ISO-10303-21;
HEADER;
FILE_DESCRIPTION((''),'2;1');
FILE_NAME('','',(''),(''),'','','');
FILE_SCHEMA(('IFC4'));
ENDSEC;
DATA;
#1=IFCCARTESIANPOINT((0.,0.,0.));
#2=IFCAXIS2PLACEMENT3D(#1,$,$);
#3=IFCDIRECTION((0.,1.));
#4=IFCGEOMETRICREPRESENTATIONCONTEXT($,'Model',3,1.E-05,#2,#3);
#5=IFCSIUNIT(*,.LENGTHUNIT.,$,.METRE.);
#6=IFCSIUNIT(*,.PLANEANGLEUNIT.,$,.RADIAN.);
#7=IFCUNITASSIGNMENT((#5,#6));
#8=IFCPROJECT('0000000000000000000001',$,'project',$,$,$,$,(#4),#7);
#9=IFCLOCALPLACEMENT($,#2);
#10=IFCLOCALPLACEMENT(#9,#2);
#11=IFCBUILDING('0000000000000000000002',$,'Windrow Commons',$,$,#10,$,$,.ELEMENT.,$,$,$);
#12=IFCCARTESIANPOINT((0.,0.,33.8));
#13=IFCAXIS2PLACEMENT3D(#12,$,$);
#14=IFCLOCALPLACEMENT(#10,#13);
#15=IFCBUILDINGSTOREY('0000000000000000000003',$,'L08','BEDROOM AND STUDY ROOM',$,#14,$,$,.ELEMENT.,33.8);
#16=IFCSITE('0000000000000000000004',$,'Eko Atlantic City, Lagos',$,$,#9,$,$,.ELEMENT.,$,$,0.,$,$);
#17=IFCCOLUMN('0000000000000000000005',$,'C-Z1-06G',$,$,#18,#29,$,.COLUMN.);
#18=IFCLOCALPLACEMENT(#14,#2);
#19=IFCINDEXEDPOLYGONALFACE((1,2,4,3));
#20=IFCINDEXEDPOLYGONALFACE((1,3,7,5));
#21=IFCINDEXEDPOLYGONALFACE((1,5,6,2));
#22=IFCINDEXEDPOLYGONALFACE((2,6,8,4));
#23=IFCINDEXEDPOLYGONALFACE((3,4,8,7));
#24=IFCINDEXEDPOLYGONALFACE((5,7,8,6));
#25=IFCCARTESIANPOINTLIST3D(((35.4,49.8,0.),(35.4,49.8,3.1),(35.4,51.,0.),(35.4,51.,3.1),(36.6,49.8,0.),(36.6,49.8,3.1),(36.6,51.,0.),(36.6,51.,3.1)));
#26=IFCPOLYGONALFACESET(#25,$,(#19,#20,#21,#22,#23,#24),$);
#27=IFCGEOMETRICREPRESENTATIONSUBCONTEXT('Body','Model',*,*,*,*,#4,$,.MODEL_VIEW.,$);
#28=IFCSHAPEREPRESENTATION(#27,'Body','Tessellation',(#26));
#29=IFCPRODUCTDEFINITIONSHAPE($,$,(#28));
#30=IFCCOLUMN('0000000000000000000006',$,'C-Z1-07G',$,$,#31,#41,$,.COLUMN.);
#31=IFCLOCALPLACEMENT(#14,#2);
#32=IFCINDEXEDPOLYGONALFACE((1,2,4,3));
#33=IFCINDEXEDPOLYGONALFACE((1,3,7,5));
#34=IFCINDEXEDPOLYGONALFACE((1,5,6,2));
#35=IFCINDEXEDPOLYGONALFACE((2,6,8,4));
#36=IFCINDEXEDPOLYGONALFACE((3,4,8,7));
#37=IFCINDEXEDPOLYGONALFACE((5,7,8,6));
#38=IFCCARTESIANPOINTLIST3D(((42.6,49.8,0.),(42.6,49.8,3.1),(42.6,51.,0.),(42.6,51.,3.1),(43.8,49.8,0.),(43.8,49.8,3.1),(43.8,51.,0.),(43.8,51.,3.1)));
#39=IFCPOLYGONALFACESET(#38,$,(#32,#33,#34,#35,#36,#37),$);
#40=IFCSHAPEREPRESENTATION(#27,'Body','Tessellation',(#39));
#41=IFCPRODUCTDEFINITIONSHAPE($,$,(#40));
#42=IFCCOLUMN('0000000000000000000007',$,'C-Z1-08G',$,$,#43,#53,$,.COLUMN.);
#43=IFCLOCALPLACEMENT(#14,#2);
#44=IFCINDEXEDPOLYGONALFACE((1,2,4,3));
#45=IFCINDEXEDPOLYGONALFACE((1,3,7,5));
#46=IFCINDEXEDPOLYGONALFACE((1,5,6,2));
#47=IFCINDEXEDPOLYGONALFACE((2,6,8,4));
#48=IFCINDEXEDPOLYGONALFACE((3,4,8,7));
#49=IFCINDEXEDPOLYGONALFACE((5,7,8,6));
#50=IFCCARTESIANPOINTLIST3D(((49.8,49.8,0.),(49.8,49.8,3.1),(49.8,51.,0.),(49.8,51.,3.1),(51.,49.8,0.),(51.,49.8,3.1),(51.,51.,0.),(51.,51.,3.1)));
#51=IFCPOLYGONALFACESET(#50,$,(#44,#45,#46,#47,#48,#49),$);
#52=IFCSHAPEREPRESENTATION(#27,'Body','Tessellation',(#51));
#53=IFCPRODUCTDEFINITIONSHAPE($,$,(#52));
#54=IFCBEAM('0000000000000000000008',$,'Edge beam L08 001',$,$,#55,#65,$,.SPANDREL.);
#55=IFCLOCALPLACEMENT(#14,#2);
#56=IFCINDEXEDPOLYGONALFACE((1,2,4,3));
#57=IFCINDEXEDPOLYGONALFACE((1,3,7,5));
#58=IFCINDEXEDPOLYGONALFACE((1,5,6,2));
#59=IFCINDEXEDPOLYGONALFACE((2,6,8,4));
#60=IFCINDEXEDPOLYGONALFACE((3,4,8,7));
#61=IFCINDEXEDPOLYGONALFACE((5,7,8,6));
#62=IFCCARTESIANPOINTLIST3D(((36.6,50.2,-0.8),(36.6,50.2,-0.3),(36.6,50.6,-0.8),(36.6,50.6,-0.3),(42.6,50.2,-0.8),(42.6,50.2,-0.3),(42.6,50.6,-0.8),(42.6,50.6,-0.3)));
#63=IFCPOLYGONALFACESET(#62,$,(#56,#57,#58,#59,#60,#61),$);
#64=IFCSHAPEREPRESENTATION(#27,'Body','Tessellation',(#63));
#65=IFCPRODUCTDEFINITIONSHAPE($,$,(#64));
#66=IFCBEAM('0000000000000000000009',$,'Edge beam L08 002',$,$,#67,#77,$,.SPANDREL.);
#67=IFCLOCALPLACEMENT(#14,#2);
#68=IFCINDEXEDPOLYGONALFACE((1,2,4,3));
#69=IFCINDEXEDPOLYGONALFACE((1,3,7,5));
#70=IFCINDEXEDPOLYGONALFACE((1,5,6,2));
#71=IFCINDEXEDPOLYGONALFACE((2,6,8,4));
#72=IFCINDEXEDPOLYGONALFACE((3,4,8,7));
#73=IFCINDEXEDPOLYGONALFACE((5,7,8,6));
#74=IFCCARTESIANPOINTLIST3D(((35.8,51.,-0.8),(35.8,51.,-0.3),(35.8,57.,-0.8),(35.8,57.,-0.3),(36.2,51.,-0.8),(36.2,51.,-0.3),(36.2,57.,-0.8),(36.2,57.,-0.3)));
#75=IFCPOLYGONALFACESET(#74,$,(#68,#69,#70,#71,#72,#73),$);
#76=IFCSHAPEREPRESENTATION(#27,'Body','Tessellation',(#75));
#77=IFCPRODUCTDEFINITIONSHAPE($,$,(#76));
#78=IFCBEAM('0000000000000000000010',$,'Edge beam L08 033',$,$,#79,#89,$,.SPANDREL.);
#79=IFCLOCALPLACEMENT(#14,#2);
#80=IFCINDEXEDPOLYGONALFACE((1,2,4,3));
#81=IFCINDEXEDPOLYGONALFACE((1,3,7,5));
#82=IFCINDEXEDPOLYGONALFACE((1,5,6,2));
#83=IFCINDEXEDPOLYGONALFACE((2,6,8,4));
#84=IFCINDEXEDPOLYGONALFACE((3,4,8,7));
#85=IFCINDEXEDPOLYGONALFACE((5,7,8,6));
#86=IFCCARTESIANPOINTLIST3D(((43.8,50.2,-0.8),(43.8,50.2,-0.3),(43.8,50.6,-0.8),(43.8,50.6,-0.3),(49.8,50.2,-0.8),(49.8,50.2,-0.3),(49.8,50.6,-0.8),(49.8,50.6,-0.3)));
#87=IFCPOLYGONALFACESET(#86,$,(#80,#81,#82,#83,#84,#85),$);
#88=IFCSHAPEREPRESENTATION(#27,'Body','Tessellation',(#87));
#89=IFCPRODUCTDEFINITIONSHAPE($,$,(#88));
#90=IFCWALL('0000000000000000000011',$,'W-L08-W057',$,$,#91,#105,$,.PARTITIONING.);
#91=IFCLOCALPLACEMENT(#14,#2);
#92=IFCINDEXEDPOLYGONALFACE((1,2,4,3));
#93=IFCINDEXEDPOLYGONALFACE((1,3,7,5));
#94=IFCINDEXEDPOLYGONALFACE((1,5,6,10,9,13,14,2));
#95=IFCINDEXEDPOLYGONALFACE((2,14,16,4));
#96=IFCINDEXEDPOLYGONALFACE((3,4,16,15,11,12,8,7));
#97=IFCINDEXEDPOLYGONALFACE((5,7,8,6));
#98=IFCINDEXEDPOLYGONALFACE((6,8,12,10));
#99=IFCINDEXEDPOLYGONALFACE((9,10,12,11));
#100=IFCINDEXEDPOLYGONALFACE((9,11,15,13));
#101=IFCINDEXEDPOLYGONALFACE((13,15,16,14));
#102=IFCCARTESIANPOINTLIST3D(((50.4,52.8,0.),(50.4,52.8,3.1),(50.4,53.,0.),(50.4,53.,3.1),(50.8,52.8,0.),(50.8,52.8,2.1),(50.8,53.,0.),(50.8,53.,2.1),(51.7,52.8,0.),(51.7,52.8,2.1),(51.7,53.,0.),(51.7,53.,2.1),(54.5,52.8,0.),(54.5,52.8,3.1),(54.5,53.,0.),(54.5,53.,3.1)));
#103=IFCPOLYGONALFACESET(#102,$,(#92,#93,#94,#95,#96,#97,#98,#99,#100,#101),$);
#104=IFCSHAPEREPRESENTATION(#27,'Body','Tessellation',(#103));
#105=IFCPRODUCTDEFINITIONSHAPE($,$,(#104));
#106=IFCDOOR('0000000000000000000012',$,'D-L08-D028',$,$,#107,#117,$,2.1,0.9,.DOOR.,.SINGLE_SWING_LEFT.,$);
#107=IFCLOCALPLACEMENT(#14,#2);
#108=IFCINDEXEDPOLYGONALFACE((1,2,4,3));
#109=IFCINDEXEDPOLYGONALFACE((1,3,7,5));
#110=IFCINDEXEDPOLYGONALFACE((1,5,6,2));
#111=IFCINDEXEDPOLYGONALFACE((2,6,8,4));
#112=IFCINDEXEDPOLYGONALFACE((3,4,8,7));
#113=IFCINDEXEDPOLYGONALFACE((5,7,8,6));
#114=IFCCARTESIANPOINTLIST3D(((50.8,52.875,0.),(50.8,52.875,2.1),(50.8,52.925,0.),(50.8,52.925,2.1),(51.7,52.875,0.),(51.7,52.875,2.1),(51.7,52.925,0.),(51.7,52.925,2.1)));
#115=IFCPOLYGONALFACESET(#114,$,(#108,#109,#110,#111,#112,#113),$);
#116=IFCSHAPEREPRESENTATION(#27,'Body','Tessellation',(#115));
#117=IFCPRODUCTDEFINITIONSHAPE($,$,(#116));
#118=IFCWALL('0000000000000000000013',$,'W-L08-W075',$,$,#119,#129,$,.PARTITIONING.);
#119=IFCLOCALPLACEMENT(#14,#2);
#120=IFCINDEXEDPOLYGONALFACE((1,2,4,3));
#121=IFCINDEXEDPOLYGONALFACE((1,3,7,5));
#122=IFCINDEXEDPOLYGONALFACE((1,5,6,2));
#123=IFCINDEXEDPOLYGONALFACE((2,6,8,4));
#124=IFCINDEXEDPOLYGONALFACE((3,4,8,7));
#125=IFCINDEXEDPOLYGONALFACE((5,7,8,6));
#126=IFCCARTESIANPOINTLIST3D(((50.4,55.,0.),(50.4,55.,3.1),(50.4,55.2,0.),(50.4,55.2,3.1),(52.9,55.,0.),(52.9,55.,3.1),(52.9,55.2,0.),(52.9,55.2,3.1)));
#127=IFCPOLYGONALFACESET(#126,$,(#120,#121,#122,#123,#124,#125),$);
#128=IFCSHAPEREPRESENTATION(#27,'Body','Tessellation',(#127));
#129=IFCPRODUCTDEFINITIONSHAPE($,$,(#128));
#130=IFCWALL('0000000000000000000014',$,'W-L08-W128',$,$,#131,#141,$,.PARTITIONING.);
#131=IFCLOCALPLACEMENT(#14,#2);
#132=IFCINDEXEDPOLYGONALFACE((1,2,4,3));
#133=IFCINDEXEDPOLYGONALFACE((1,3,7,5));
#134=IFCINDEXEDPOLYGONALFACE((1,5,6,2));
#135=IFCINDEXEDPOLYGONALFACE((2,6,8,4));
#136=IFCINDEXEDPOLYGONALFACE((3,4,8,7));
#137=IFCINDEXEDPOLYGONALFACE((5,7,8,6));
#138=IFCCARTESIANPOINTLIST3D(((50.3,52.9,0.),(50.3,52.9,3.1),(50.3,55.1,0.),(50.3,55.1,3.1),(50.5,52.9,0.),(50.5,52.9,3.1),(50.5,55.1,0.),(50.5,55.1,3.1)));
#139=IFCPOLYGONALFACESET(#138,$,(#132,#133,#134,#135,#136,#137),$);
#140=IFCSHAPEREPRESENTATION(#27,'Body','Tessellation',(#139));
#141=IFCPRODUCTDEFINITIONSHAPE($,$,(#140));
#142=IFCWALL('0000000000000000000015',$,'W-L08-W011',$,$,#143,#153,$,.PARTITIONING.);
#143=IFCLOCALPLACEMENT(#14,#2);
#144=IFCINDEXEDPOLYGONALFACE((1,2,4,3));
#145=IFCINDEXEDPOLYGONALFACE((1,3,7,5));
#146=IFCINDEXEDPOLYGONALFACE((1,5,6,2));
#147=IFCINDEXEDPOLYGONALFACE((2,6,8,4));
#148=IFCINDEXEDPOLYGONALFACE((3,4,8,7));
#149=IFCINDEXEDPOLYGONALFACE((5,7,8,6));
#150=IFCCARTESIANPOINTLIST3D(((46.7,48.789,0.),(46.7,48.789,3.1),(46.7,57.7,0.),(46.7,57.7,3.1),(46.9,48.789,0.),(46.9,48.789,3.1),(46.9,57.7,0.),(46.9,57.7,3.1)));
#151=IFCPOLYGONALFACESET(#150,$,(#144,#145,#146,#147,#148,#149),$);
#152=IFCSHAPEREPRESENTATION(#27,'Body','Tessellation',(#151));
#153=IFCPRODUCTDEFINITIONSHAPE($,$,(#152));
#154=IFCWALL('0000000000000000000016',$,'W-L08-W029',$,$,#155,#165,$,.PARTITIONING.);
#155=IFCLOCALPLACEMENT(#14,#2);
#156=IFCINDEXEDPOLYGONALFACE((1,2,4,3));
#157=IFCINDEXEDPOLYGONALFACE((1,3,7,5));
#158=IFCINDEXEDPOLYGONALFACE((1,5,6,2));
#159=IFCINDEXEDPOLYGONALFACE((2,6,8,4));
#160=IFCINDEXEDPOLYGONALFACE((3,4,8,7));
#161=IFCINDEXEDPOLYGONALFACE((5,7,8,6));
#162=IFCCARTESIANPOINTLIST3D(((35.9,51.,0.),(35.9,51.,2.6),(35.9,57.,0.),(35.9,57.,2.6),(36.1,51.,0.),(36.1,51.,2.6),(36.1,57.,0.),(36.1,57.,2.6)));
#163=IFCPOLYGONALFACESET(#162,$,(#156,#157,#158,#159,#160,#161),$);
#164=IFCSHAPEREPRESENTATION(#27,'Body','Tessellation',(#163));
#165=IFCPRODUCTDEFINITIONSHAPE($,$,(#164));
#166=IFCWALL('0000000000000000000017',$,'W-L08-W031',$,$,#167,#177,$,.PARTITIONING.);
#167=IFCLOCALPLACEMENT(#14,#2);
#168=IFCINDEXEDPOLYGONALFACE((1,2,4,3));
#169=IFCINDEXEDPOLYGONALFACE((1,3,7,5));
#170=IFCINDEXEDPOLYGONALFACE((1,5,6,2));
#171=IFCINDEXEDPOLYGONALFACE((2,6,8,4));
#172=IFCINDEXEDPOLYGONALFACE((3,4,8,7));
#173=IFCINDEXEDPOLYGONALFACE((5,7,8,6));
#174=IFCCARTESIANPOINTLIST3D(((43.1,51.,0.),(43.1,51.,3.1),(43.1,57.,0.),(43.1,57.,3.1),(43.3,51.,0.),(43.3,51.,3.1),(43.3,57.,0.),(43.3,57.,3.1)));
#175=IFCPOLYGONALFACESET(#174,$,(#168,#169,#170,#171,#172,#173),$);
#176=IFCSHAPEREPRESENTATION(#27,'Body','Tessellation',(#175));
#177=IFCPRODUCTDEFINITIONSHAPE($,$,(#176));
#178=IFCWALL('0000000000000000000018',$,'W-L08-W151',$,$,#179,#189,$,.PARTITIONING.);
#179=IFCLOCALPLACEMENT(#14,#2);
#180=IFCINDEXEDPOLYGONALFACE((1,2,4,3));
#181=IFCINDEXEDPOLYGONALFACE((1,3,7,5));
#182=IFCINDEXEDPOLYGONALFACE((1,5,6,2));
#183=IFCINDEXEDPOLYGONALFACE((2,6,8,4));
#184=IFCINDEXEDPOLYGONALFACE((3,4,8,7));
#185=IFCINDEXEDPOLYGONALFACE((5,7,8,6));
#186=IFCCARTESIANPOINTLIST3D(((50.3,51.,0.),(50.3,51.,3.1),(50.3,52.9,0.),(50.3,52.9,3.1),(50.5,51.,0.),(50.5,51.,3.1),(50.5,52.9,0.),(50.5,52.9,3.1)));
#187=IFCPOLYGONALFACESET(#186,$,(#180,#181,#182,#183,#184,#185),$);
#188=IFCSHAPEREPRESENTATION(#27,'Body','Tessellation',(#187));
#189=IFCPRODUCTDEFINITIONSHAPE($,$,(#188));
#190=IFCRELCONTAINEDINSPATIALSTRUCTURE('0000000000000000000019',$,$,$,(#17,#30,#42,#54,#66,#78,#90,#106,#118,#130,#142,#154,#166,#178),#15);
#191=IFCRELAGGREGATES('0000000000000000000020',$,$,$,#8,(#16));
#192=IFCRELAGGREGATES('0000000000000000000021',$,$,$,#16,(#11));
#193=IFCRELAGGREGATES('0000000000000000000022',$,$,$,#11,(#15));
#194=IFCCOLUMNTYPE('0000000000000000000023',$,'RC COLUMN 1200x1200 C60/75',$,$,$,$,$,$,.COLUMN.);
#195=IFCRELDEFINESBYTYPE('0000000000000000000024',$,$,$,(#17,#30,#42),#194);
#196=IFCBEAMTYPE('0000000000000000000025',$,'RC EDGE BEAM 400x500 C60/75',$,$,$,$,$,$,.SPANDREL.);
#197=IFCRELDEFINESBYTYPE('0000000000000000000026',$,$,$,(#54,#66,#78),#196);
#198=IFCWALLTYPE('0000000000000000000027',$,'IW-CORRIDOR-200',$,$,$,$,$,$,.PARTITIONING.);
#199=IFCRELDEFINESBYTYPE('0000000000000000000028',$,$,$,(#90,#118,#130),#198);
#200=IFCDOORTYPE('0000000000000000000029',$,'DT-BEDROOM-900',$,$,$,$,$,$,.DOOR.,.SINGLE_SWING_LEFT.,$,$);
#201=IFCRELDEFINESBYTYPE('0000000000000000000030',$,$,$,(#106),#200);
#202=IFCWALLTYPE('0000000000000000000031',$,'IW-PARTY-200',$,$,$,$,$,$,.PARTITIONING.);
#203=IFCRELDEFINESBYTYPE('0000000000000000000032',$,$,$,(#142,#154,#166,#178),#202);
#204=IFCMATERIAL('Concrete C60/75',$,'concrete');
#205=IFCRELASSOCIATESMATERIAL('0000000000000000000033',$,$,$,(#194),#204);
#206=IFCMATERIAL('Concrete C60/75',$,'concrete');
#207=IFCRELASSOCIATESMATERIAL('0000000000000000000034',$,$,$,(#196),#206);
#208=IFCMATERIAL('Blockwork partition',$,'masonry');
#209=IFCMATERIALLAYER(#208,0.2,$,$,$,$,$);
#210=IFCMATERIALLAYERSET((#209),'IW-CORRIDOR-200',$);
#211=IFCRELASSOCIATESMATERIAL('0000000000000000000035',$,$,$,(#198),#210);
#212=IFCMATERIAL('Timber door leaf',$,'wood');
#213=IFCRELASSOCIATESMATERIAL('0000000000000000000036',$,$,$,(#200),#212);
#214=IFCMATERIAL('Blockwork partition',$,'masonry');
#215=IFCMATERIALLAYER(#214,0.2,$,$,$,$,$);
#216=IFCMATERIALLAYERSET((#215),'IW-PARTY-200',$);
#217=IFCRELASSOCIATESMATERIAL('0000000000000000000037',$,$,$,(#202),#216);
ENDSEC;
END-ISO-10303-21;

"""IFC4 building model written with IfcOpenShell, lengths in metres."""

from ifc_helpers import new_model, si_unit, direction, frame, frame_2d, origin, origin_2d, place, context, subcontext, project, spatial, rectangle, extrude, material, layer, layer_set, material_profile, profile_set, type_object, element, fill, save


model = new_model("IFC4")

# Units and contexts
model_context = context("Model", 3, precision=1e-05, world=origin(), true_north=direction((0.0, 1.0)))
body_context = subcontext(model_context, "Body", "Model", "MODEL_VIEW")
ifc_project = project(units=[si_unit("LENGTHUNIT", "METRE"), si_unit("PLANEANGLEUNIT", "RADIAN")], contexts=[model_context])

# Site, building, storey
site_placement = place(None, origin())
site = spatial("IfcSite", under=ifc_project, at=site_placement, Name="Eko Atlantic City, Lagos", CompositionType="ELEMENT", RefElevation=0.0)
building_placement = place(site_placement, origin())
building = spatial("IfcBuilding", under=site, at=building_placement, Name="Windrow Commons", CompositionType="ELEMENT")
storey_placement = place(building_placement, frame((0.0, 0.0, 33.8)))
storey = spatial("IfcBuildingStorey", under=building, at=storey_placement, Name="L08", Description="BEDROOM AND STUDY ROOM", CompositionType="ELEMENT", Elevation=33.8)

# Columns
ifc_material_1 = material(Name="Concrete C60/75", Category="concrete")
ifc_material_profile_1 = material_profile(ifc_material_1, rectangle(XDim=1.2, YDim=1.2, at=origin_2d()))
ifc_profile_set_1 = profile_set([ifc_material_profile_1], Name="Concrete C60/75")
column_type = type_object("IfcColumnType", Name="RC COLUMN 1200x1200 C60/75", PredefinedType="COLUMN", material=ifc_profile_set_1)
for number, where, z_axis, x_axis, name in (
    (1, (36.0, 50.4, 0.0), (0.0, 0.0, 1.0), (1.0, 0.0, 0.0), "C-Z1-06G"),
    (2, (43.2, 50.4, 0.0), (0.0, 0.0, 1.0), (1.0, 0.0, 0.0), "C-Z1-07G"),
    (3, (50.4, 50.4, 0.0), (0.0, 0.0, 1.0), (1.0, 0.0, 0.0), "C-Z1-08G"),
):
    element("IfcColumn", number, at=place(storey_placement, frame(where, z_axis=z_axis, x_axis=x_axis)), inside=storey, type_object=column_type, Name=name, PredefinedType="COLUMN", context=body_context, shape_type="SweptSolid", body=[
        extrude(rectangle(XDim=1.2, YDim=1.2, at=origin_2d()), origin(), (0.0, 0.0, 1.0), 3.1),
    ])

# Beams
ifc_material_2 = material(Name="Concrete C60/75", Category="concrete")
ifc_material_profile_2 = material_profile(ifc_material_2, rectangle(XDim=0.4, YDim=0.5, at=origin_2d()))
ifc_profile_set_2 = profile_set([ifc_material_profile_2], Name="Concrete C60/75")
beam_type = type_object("IfcBeamType", Name="RC EDGE BEAM 400x500 C60/75", PredefinedType="SPANDREL", material=ifc_profile_set_2)
for number, where, z_axis, x_axis, name in (
    (4, (42.6, 50.4, -0.55), (-1.0, 0.0, 0.0), (0.0, -1.0, 0.0), "Edge beam L08 001"),
    (5, (36.0, 51.0, -0.55), (0.0, 1.0, 0.0), (-1.0, 0.0, 0.0), "Edge beam L08 002"),
    (6, (49.8, 50.4, -0.55), (-1.0, 0.0, 0.0), (0.0, -1.0, 0.0), "Edge beam L08 033"),
):
    element("IfcBeam", number, at=place(storey_placement, frame(where, z_axis=z_axis, x_axis=x_axis)), inside=storey, type_object=beam_type, Name=name, PredefinedType="SPANDREL", context=body_context, shape_type="SweptSolid", body=[
        extrude(rectangle(XDim=0.4, YDim=0.5, at=origin_2d()), origin(), (0.0, 0.0, 1.0), 6.0),
    ])

# Wall, opening, door
ifc_material_3 = material(Name="Blockwork partition", Category="masonry")
ifc_layer_1 = layer(ifc_material_3, 0.2)
ifc_layer_set_1 = layer_set([ifc_layer_1], Name="IW-CORRIDOR-200")
wall_type_1 = type_object("IfcWallType", Name="IW-CORRIDOR-200", PredefinedType="PARTITIONING", material=ifc_layer_set_1)
wall_1_placement = place(storey_placement, frame((50.4, 52.9, 0.0), z_axis=(0.0, 0.0, 1.0), x_axis=(1.0, 0.0, 0.0)))
wall_1 = element("IfcWall", 7, at=wall_1_placement, inside=storey, type_object=wall_type_1, Name="W-L08-W057", PredefinedType="PARTITIONING", context=body_context, shape_type="SweptSolid", body=[
    extrude(rectangle(XDim=4.1, YDim=0.2, at=frame_2d((2.05, 0.0))), origin(), (0.0, 0.0, 1.0), 3.1),
])
opening_placement = place(wall_1_placement, frame((0.4, 0.0, 0.0)))
opening = element("IfcOpeningElement", 8, at=opening_placement, cuts=wall_1, PredefinedType="OPENING", context=body_context, shape_type="SweptSolid", body=[
    extrude(rectangle(XDim=0.9, YDim=2.1, at=frame_2d((0.45, 1.05))), frame((0.0, 0.11, 0.0), z_axis=(0.0, -1.0, 0.0), x_axis=(1.0, 0.0, 0.0)), (0.0, 0.0, 1.0), 0.22),
])
ifc_material_4 = material(Name="Timber door leaf", Category="wood")
door_type = type_object("IfcDoorType", Name="DT-BEDROOM-900", OperationType="SINGLE_SWING_LEFT", PredefinedType="DOOR", material=ifc_material_4)
door_placement = place(opening_placement, origin())
door = element("IfcDoor", 9, at=door_placement, inside=storey, type_object=door_type, Name="D-L08-D028", OperationType="SINGLE_SWING_LEFT", OverallHeight=2.1, OverallWidth=0.9, PredefinedType="DOOR", context=body_context, shape_type="SweptSolid", body=[
    extrude(rectangle(XDim=0.9, YDim=2.1, at=frame_2d((0.45, 1.05))), frame((0.0, 0.025, 0.0), z_axis=(0.0, -1.0, 0.0), x_axis=(1.0, 0.0, 0.0)), (0.0, 0.0, 1.0), 0.05),
])
fill(opening, door)

# Walls
wall_2_placement = place(storey_placement, frame((50.4, 55.1, 0.0), z_axis=(0.0, 0.0, 1.0), x_axis=(1.0, 0.0, 0.0)))
element("IfcWall", 10, at=wall_2_placement, inside=storey, type_object=wall_type_1, Name="W-L08-W075", PredefinedType="PARTITIONING", context=body_context, shape_type="SweptSolid", body=[
    extrude(rectangle(XDim=2.5, YDim=0.2, at=frame_2d((1.25, 0.0))), origin(), (0.0, 0.0, 1.0), 3.1),
])
wall_3_placement = place(storey_placement, frame((50.4, 52.9, 0.0), z_axis=(0.0, 0.0, 1.0), x_axis=(0.0, 1.0, 0.0)))
element("IfcWall", 11, at=wall_3_placement, inside=storey, type_object=wall_type_1, Name="W-L08-W128", PredefinedType="PARTITIONING", context=body_context, shape_type="SweptSolid", body=[
    extrude(rectangle(XDim=2.2, YDim=0.2, at=frame_2d((1.1, 0.0))), origin(), (0.0, 0.0, 1.0), 3.1),
])
ifc_material_5 = material(Name="Blockwork partition", Category="masonry")
ifc_layer_2 = layer(ifc_material_5, 0.2)
ifc_layer_set_2 = layer_set([ifc_layer_2], Name="IW-PARTY-200")
wall_type_2 = type_object("IfcWallType", Name="IW-PARTY-200", PredefinedType="PARTITIONING", material=ifc_layer_set_2)
wall_4_placement = place(storey_placement, frame((46.8, 48.789, 0.0), z_axis=(0.0, 0.0, 1.0), x_axis=(0.0, 1.0, 0.0)))
element("IfcWall", 12, at=wall_4_placement, inside=storey, type_object=wall_type_2, Name="W-L08-W011", PredefinedType="PARTITIONING", context=body_context, shape_type="SweptSolid", body=[
    extrude(rectangle(XDim=8.911, YDim=0.2, at=frame_2d((4.4555, 0.0))), origin(), (0.0, 0.0, 1.0), 3.1),
])
wall_5_placement = place(storey_placement, frame((36.0, 51.0, 0.0), z_axis=(0.0, 0.0, 1.0), x_axis=(0.0, 1.0, 0.0)))
element("IfcWall", 13, at=wall_5_placement, inside=storey, type_object=wall_type_2, Name="W-L08-W029", PredefinedType="PARTITIONING", context=body_context, shape_type="SweptSolid", body=[
    extrude(rectangle(XDim=6.0, YDim=0.2, at=frame_2d((3.0, 0.0))), origin(), (0.0, 0.0, 1.0), 2.6),
])
wall_6_placement = place(storey_placement, frame((43.2, 51.0, 0.0), z_axis=(0.0, 0.0, 1.0), x_axis=(0.0, 1.0, 0.0)))
element("IfcWall", 14, at=wall_6_placement, inside=storey, type_object=wall_type_2, Name="W-L08-W031", PredefinedType="PARTITIONING", context=body_context, shape_type="SweptSolid", body=[
    extrude(rectangle(XDim=6.0, YDim=0.2, at=frame_2d((3.0, 0.0))), origin(), (0.0, 0.0, 1.0), 3.1),
])
wall_7_placement = place(storey_placement, frame((50.4, 51.0, 0.0), z_axis=(0.0, 0.0, 1.0), x_axis=(0.0, 1.0, 0.0)))
element("IfcWall", 15, at=wall_7_placement, inside=storey, type_object=wall_type_2, Name="W-L08-W151", PredefinedType="PARTITIONING", context=body_context, shape_type="SweptSolid", body=[
    extrude(rectangle(XDim=1.9, YDim=0.2, at=frame_2d((0.95, 0.0))), origin(), (0.0, 0.0, 1.0), 3.1),
])

save(model, "model.ifc")
